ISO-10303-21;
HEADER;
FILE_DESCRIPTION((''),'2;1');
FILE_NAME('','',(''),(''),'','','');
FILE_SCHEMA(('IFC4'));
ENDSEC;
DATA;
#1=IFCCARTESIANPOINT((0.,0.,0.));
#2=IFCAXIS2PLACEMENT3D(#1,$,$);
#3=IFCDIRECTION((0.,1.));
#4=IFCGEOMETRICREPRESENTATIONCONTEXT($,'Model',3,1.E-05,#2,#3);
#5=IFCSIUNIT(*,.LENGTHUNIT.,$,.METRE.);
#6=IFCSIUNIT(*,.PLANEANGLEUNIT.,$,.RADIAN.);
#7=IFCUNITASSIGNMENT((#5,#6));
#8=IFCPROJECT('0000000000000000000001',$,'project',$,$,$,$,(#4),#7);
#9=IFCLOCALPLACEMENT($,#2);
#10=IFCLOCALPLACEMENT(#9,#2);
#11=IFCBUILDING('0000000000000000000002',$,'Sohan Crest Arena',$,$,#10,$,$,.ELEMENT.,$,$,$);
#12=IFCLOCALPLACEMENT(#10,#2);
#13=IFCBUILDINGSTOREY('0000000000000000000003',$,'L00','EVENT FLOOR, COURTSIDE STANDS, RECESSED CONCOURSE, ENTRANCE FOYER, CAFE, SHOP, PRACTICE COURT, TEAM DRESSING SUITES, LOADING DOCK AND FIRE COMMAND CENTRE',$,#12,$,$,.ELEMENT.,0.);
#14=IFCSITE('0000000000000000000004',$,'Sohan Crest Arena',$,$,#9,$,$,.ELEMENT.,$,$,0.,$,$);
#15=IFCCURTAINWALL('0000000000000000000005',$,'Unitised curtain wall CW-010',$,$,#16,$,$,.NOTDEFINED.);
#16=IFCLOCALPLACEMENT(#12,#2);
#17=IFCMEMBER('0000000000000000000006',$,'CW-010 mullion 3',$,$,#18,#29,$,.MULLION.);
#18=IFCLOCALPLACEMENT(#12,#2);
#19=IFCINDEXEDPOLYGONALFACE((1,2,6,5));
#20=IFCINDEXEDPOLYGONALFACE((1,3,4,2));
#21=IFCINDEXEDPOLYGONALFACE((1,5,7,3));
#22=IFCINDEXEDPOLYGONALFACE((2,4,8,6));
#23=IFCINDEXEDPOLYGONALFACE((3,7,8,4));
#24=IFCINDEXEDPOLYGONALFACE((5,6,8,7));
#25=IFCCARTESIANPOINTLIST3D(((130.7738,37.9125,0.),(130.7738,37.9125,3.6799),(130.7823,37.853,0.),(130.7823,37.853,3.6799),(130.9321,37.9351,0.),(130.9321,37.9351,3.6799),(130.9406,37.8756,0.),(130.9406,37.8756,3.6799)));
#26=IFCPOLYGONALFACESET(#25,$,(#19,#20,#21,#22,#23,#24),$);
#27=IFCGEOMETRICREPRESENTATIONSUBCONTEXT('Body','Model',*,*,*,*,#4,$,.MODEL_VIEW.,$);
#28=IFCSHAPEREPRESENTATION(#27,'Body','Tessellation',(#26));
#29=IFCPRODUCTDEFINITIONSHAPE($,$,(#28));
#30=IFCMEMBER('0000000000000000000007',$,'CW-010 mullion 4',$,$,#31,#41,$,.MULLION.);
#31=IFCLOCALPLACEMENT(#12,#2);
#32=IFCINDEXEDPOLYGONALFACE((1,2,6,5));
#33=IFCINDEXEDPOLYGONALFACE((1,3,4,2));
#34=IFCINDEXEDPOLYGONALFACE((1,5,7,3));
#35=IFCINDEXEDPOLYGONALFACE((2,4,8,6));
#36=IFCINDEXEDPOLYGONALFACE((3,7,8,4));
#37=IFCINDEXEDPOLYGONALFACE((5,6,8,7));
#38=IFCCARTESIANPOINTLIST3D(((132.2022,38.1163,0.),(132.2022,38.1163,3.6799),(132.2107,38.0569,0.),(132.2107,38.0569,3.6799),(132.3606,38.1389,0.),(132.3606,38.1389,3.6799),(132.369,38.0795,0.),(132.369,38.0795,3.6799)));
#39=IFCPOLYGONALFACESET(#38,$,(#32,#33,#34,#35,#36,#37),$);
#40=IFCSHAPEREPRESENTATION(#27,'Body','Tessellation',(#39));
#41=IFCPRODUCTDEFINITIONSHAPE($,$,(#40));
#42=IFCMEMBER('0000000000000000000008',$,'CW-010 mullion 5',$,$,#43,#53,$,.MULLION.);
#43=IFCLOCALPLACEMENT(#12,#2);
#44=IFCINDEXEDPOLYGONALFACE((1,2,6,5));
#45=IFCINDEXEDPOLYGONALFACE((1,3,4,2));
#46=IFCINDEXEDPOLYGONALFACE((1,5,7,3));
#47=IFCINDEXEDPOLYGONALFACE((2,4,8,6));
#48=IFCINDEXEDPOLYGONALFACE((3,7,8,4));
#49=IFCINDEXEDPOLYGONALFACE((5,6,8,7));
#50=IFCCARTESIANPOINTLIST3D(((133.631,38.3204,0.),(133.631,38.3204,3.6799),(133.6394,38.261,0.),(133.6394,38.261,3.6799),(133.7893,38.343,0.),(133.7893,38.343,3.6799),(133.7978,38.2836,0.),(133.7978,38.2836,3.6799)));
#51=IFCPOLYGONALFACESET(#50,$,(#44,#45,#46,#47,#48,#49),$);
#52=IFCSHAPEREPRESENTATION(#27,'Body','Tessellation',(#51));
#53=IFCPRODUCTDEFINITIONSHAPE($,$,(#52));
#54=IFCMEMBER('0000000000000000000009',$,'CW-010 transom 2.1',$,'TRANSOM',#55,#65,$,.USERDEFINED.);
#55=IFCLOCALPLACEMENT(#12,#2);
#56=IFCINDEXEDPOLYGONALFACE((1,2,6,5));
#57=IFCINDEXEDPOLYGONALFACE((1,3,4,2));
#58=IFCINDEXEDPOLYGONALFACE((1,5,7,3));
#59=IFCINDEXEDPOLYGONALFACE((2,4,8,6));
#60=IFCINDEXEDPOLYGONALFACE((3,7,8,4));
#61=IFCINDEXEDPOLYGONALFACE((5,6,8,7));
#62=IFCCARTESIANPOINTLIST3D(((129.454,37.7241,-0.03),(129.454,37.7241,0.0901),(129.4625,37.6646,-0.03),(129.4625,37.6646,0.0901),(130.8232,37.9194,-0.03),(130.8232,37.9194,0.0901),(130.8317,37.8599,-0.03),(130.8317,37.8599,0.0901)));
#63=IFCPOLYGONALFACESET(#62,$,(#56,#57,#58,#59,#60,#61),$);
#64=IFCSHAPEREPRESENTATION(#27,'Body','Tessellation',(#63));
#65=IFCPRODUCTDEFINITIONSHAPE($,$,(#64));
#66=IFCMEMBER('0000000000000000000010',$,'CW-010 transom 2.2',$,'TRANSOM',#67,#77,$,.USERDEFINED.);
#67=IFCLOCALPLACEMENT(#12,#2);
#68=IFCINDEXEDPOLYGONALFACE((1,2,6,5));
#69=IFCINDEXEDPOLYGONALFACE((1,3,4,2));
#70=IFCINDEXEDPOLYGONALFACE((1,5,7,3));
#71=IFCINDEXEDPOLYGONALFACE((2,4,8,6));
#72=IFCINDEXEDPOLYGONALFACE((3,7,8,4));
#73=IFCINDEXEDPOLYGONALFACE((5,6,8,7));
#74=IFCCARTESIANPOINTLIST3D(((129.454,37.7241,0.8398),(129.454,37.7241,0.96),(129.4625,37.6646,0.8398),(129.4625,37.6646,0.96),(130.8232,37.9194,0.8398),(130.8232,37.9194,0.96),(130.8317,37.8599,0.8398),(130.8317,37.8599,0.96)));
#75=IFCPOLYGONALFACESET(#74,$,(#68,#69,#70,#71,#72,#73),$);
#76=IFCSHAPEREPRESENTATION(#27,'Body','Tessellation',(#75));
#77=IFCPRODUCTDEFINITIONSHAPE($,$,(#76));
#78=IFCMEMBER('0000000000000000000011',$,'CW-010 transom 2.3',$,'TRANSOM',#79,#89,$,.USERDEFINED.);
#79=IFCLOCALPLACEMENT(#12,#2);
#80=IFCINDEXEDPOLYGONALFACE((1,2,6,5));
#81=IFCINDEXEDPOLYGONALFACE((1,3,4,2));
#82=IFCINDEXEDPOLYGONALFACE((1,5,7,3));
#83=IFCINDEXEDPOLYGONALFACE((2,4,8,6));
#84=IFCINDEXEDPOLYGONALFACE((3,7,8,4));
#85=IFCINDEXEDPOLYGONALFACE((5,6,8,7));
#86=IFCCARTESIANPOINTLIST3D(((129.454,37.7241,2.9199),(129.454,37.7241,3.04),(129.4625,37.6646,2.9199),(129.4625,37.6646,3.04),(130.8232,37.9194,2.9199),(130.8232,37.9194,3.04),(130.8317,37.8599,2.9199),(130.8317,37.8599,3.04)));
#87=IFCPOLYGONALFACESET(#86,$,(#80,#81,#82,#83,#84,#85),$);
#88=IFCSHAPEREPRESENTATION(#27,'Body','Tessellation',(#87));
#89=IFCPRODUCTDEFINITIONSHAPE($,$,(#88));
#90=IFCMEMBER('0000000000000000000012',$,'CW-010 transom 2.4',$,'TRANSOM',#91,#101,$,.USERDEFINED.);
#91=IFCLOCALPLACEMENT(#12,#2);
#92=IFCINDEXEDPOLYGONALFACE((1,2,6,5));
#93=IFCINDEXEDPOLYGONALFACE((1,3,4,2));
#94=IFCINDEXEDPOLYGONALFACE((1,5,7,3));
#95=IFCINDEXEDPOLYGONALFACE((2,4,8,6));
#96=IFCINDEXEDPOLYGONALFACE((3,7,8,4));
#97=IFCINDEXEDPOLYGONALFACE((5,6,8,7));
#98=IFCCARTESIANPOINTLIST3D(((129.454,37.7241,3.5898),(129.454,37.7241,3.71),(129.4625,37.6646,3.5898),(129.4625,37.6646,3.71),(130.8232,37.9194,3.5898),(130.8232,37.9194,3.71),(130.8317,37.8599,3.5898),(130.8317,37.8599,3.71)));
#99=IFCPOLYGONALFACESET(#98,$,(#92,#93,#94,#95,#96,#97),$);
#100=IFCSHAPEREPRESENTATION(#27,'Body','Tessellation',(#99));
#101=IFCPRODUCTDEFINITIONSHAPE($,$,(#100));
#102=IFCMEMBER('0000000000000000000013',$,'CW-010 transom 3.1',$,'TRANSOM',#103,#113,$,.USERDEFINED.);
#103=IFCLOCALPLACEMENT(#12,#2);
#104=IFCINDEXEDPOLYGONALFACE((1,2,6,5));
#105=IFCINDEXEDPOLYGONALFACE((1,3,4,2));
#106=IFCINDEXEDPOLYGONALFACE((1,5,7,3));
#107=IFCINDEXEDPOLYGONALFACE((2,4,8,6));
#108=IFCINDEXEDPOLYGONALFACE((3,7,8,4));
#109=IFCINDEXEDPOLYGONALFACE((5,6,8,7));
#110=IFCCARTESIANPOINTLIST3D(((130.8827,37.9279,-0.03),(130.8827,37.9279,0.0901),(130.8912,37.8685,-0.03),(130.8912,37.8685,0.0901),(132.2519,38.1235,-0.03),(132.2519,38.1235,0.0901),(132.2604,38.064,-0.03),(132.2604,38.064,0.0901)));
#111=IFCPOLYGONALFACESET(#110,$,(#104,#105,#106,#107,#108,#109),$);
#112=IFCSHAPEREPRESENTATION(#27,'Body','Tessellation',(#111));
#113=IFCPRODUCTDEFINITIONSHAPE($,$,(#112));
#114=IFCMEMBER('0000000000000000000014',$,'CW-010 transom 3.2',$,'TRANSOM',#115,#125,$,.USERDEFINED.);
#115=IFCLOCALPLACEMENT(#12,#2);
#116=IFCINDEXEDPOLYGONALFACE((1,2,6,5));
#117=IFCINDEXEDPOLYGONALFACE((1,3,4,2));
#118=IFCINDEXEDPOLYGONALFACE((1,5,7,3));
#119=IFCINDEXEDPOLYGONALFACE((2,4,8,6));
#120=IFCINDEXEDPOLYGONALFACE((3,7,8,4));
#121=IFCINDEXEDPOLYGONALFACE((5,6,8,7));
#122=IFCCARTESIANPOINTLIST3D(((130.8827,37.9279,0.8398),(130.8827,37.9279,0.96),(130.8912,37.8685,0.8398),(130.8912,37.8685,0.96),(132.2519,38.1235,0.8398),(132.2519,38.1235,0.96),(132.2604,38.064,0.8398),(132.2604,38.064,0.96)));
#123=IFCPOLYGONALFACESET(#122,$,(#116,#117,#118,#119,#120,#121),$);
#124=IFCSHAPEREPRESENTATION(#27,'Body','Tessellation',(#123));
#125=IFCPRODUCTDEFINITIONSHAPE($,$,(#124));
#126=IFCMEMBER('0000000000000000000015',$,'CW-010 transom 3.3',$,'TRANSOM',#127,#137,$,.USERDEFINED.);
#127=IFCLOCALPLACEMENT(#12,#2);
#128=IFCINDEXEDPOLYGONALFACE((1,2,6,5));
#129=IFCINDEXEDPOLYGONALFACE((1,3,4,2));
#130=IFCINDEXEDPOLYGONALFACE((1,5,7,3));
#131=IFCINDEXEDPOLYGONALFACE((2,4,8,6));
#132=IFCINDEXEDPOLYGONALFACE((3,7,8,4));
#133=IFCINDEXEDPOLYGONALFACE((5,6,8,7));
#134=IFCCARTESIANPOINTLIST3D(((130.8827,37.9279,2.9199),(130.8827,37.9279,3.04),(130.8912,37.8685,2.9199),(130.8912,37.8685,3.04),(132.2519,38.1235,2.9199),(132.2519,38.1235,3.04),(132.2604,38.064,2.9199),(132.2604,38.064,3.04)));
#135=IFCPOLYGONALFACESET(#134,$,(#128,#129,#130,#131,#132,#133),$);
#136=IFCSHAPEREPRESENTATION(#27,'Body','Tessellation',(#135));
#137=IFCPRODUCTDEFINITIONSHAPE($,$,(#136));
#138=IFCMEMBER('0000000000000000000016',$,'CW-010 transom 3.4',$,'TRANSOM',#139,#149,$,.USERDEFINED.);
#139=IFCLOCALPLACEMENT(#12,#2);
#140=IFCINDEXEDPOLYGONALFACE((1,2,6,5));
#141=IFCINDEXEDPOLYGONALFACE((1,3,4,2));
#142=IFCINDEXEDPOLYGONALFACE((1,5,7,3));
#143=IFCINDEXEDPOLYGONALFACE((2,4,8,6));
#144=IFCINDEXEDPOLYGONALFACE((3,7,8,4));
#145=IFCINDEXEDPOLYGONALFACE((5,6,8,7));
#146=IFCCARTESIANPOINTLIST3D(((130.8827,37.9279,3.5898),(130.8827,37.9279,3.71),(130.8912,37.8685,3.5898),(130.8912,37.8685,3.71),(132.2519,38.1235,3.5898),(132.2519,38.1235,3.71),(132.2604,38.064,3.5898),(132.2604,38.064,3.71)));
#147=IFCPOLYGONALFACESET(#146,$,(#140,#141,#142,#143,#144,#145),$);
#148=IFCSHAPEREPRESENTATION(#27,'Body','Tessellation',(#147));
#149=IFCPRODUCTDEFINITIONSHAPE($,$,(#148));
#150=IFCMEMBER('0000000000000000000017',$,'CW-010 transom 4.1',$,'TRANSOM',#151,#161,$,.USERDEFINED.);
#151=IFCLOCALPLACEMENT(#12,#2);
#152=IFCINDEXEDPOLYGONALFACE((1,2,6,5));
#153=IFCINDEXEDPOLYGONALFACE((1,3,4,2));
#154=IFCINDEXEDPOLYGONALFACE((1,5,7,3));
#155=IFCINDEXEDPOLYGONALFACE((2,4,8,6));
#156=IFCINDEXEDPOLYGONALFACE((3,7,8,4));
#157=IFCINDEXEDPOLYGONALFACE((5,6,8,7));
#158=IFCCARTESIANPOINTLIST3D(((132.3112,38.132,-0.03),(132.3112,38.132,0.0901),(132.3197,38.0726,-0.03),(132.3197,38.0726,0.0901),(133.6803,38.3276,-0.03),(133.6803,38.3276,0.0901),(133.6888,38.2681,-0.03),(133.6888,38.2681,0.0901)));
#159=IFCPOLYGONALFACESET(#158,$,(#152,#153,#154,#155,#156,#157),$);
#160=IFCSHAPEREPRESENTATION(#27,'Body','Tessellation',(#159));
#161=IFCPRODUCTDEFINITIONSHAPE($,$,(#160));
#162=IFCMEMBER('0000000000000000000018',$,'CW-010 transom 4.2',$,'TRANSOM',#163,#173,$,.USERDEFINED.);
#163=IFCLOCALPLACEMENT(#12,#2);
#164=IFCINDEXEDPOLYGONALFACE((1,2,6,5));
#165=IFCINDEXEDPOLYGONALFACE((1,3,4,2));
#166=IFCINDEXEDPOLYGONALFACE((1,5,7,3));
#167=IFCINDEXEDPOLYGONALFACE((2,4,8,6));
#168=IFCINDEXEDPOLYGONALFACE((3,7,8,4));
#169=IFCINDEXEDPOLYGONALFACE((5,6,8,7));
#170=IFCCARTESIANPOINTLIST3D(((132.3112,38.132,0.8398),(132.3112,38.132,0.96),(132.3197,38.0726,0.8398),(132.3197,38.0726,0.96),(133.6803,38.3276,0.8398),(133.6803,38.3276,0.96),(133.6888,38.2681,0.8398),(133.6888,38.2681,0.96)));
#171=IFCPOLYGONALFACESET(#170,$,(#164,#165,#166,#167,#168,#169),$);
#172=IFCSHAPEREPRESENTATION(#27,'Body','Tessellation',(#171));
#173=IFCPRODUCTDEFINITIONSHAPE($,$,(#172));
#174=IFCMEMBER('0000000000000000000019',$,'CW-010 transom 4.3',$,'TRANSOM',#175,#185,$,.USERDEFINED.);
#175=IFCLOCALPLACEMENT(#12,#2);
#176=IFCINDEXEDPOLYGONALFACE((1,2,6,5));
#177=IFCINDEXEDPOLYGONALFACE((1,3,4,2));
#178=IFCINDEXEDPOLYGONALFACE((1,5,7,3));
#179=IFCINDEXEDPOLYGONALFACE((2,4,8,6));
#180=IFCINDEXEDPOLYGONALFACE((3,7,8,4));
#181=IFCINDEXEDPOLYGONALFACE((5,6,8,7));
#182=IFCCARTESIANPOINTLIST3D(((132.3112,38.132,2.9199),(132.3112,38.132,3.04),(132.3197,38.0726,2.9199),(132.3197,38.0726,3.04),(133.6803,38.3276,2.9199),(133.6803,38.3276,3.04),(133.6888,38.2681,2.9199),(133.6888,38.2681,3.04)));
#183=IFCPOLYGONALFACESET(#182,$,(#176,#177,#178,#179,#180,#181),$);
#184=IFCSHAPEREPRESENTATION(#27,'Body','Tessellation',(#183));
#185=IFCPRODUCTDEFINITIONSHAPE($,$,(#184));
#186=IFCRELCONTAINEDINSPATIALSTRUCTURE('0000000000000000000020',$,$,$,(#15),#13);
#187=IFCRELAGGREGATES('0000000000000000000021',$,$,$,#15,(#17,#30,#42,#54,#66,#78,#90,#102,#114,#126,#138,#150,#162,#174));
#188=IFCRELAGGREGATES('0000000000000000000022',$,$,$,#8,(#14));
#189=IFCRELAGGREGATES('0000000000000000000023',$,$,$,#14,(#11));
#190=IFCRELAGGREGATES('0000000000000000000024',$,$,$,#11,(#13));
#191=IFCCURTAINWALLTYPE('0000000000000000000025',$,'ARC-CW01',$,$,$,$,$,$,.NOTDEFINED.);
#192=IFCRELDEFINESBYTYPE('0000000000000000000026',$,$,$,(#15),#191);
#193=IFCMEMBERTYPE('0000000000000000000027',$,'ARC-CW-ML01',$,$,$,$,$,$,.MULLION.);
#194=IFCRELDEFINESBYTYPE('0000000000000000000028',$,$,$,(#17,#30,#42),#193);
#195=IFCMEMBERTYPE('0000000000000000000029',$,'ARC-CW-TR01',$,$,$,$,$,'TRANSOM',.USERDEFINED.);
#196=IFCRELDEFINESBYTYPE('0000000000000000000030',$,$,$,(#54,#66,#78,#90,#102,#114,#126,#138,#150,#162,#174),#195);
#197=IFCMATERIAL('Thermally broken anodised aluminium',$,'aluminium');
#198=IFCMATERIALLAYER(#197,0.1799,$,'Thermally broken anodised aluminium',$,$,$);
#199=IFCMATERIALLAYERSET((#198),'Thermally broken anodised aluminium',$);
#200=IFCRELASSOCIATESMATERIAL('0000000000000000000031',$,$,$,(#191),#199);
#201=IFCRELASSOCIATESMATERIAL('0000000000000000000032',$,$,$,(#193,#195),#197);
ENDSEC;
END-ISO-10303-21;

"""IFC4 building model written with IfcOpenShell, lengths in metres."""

from ifc_helpers import new_model, si_unit, direction, frame, origin, origin_2d, place, context, subcontext, project, spatial, rectangle, extrude, material, layer, layer_set, material_profile, profile_set, type_object, element, aggregate, save


model = new_model("IFC4")

# Units and contexts
model_context = context("Model", 3, precision=1e-05, world=origin(), true_north=direction((0.0, 1.0)))
body_context = subcontext(model_context, "Body", "Model", "MODEL_VIEW")
ifc_project = project(units=[si_unit("LENGTHUNIT", "METRE"), si_unit("PLANEANGLEUNIT", "RADIAN")], contexts=[model_context])

# Site, building, storey
site_placement = place(None, origin())
site = spatial("IfcSite", under=ifc_project, at=site_placement, Name="Sohan Crest Arena", CompositionType="ELEMENT", RefElevation=0.0)
building_placement = place(site_placement, origin())
building = spatial("IfcBuilding", under=site, at=building_placement, Name="Sohan Crest Arena", CompositionType="ELEMENT")
storey_placement = place(building_placement, origin())
storey = spatial("IfcBuildingStorey", under=building, at=storey_placement, Name="L00", Description="EVENT FLOOR, COURTSIDE STANDS, RECESSED CONCOURSE, ENTRANCE FOYER, CAFE, SHOP, PRACTICE COURT, TEAM DRESSING SUITES, LOADING DOCK AND FIRE COMMAND CENTRE", CompositionType="ELEMENT", Elevation=0.0)

# Curtain wall, members
ifc_material_1 = material(Name="Thermally broken anodised aluminium", Category="aluminium")
ifc_layer_1 = layer(ifc_material_1, 0.1799, Name="Thermally broken anodised aluminium")
ifc_layer_set_1 = layer_set([ifc_layer_1], Name="Thermally broken anodised aluminium")
curtain_wall_type = type_object("IfcCurtainWallType", Name="ARC-CW01", PredefinedType="NOTDEFINED", material=ifc_layer_set_1)
curtain_wall_placement = place(storey_placement, origin())
curtain_wall = element("IfcCurtainWall", 1, at=curtain_wall_placement, inside=storey, type_object=curtain_wall_type, Name="Unitised curtain wall CW-010", PredefinedType="NOTDEFINED")
ifc_material_profile_1 = material_profile(ifc_material_1, rectangle(XDim=0.0601, YDim=0.1599, at=origin_2d()), Name="ALU-MULL 60x160")
ifc_profile_set_1 = profile_set([ifc_material_profile_1], Name="Thermally broken anodised aluminium")
member_type_1 = type_object("IfcMemberType", Name="ARC-CW-ML01", PredefinedType="MULLION", material=ifc_profile_set_1)
member_1_placement = place(storey_placement, frame((130.8572, 37.894, 0.0), z_axis=(0.0, 0.0, 1.0), x_axis=(-0.141366, 0.989957, 0.0)))
member_1 = element("IfcMember", 2, at=member_1_placement, type_object=member_type_1, Name="CW-010 mullion 3", PredefinedType="MULLION", context=body_context, shape_type="SweptSolid", body=[
    extrude(rectangle(XDim=0.0601, YDim=0.1599, at=origin_2d()), origin(), (0.0, 0.0, 1.0), 3.6799),
])
member_2_placement = place(storey_placement, frame((132.2856, 38.0979, 0.0), z_axis=(0.0, 0.0, 1.0), x_axis=(-0.141366, 0.989957, 0.0)))
member_2 = element("IfcMember", 3, at=member_2_placement, type_object=member_type_1, Name="CW-010 mullion 4", PredefinedType="MULLION", context=body_context, shape_type="SweptSolid", body=[
    extrude(rectangle(XDim=0.0601, YDim=0.1599, at=origin_2d()), origin(), (0.0, 0.0, 1.0), 3.6799),
])
member_3_placement = place(storey_placement, frame((133.7144, 38.302, 0.0), z_axis=(0.0, 0.0, 1.0), x_axis=(-0.141366, 0.989957, 0.0)))
member_3 = element("IfcMember", 4, at=member_3_placement, type_object=member_type_1, Name="CW-010 mullion 5", PredefinedType="MULLION", context=body_context, shape_type="SweptSolid", body=[
    extrude(rectangle(XDim=0.0601, YDim=0.1599, at=origin_2d()), origin(), (0.0, 0.0, 1.0), 3.6799),
])
ifc_material_profile_2 = material_profile(ifc_material_1, rectangle(XDim=0.0601, YDim=0.1201, at=origin_2d()), Name="ALU-TRAN 60x120")
ifc_profile_set_2 = profile_set([ifc_material_profile_2], Name="Thermally broken anodised aluminium")
member_type_2 = type_object("IfcMemberType", Name="ARC-CW-TR01", ElementType="TRANSOM", PredefinedType="USERDEFINED", material=ifc_profile_set_2)
member_4_placement = place(storey_placement, frame((129.4583, 37.6943, 0.03), z_axis=(0.989978, 0.141224, 0.0), x_axis=(-0.141224, 0.989978, 0.0)))
member_4 = element("IfcMember", 5, at=member_4_placement, type_object=member_type_2, Name="CW-010 transom 2.1", ObjectType="TRANSOM", PredefinedType="USERDEFINED", context=body_context, shape_type="SweptSolid", body=[
    extrude(rectangle(XDim=0.0601, YDim=0.1201, at=origin_2d()), origin(), (0.0, 0.0, 1.0), 1.3831),
])
member_5_placement = place(storey_placement, frame((129.4583, 37.6943, 0.8999), z_axis=(0.989978, 0.141224, 0.0), x_axis=(-0.141224, 0.989978, 0.0)))
member_5 = element("IfcMember", 6, at=member_5_placement, type_object=member_type_2, Name="CW-010 transom 2.2", ObjectType="TRANSOM", PredefinedType="USERDEFINED", context=body_context, shape_type="SweptSolid", body=[
    extrude(rectangle(XDim=0.0601, YDim=0.1201, at=origin_2d()), origin(), (0.0, 0.0, 1.0), 1.3831),
])
member_6_placement = place(storey_placement, frame((129.4583, 37.6943, 2.98), z_axis=(0.989978, 0.141224, 0.0), x_axis=(-0.141224, 0.989978, 0.0)))
member_6 = element("IfcMember", 7, at=member_6_placement, type_object=member_type_2, Name="CW-010 transom 2.3", ObjectType="TRANSOM", PredefinedType="USERDEFINED", context=body_context, shape_type="SweptSolid", body=[
    extrude(rectangle(XDim=0.0601, YDim=0.1201, at=origin_2d()), origin(), (0.0, 0.0, 1.0), 1.3831),
])
member_7_placement = place(storey_placement, frame((129.4583, 37.6943, 3.6499), z_axis=(0.989978, 0.141224, 0.0), x_axis=(-0.141224, 0.989978, 0.0)))
member_7 = element("IfcMember", 8, at=member_7_placement, type_object=member_type_2, Name="CW-010 transom 2.4", ObjectType="TRANSOM", PredefinedType="USERDEFINED", context=body_context, shape_type="SweptSolid", body=[
    extrude(rectangle(XDim=0.0601, YDim=0.1201, at=origin_2d()), origin(), (0.0, 0.0, 1.0), 1.3831),
])
member_8_placement = place(storey_placement, frame((130.887, 37.8982, 0.03), z_axis=(0.989953, 0.141397, 0.0), x_axis=(-0.141397, 0.989953, 0.0)))
member_8 = element("IfcMember", 9, at=member_8_placement, type_object=member_type_2, Name="CW-010 transom 3.1", ObjectType="TRANSOM", PredefinedType="USERDEFINED", context=body_context, shape_type="SweptSolid", body=[
    extrude(rectangle(XDim=0.0601, YDim=0.1201, at=origin_2d()), origin(), (0.0, 0.0, 1.0), 1.3831),
])
member_9_placement = place(storey_placement, frame((130.887, 37.8982, 0.8999), z_axis=(0.989953, 0.141397, 0.0), x_axis=(-0.141397, 0.989953, 0.0)))
member_9 = element("IfcMember", 10, at=member_9_placement, type_object=member_type_2, Name="CW-010 transom 3.2", ObjectType="TRANSOM", PredefinedType="USERDEFINED", context=body_context, shape_type="SweptSolid", body=[
    extrude(rectangle(XDim=0.0601, YDim=0.1201, at=origin_2d()), origin(), (0.0, 0.0, 1.0), 1.3831),
])
member_10_placement = place(storey_placement, frame((130.887, 37.8982, 2.98), z_axis=(0.989953, 0.141397, 0.0), x_axis=(-0.141397, 0.989953, 0.0)))
member_10 = element("IfcMember", 11, at=member_10_placement, type_object=member_type_2, Name="CW-010 transom 3.3", ObjectType="TRANSOM", PredefinedType="USERDEFINED", context=body_context, shape_type="SweptSolid", body=[
    extrude(rectangle(XDim=0.0601, YDim=0.1201, at=origin_2d()), origin(), (0.0, 0.0, 1.0), 1.3831),
])
member_11_placement = place(storey_placement, frame((130.887, 37.8982, 3.6499), z_axis=(0.989953, 0.141397, 0.0), x_axis=(-0.141397, 0.989953, 0.0)))
member_11 = element("IfcMember", 12, at=member_11_placement, type_object=member_type_2, Name="CW-010 transom 3.4", ObjectType="TRANSOM", PredefinedType="USERDEFINED", context=body_context, shape_type="SweptSolid", body=[
    extrude(rectangle(XDim=0.0601, YDim=0.1201, at=origin_2d()), origin(), (0.0, 0.0, 1.0), 1.3831),
])
member_12_placement = place(storey_placement, frame((132.3154, 38.1023, 0.03), z_axis=(0.989953, 0.141397, 0.0), x_axis=(-0.141397, 0.989953, 0.0)))
member_12 = element("IfcMember", 13, at=member_12_placement, type_object=member_type_2, Name="CW-010 transom 4.1", ObjectType="TRANSOM", PredefinedType="USERDEFINED", context=body_context, shape_type="SweptSolid", body=[
    extrude(rectangle(XDim=0.0601, YDim=0.1201, at=origin_2d()), origin(), (0.0, 0.0, 1.0), 1.3831),
])
member_13_placement = place(storey_placement, frame((132.3154, 38.1023, 0.8999), z_axis=(0.989953, 0.141397, 0.0), x_axis=(-0.141397, 0.989953, 0.0)))
member_13 = element("IfcMember", 14, at=member_13_placement, type_object=member_type_2, Name="CW-010 transom 4.2", ObjectType="TRANSOM", PredefinedType="USERDEFINED", context=body_context, shape_type="SweptSolid", body=[
    extrude(rectangle(XDim=0.0601, YDim=0.1201, at=origin_2d()), origin(), (0.0, 0.0, 1.0), 1.3831),
])
member_14_placement = place(storey_placement, frame((132.3154, 38.1023, 2.98), z_axis=(0.989953, 0.141397, 0.0), x_axis=(-0.141397, 0.989953, 0.0)))
member_14 = element("IfcMember", 15, at=member_14_placement, type_object=member_type_2, Name="CW-010 transom 4.3", ObjectType="TRANSOM", PredefinedType="USERDEFINED", context=body_context, shape_type="SweptSolid", body=[
    extrude(rectangle(XDim=0.0601, YDim=0.1201, at=origin_2d()), origin(), (0.0, 0.0, 1.0), 1.3831),
])
aggregate(curtain_wall, [member_1, member_2, member_3, member_4, member_5, member_6, member_7, member_8, member_9, member_10, member_11, member_12, member_13, member_14])

save(model, "model.ifc")
